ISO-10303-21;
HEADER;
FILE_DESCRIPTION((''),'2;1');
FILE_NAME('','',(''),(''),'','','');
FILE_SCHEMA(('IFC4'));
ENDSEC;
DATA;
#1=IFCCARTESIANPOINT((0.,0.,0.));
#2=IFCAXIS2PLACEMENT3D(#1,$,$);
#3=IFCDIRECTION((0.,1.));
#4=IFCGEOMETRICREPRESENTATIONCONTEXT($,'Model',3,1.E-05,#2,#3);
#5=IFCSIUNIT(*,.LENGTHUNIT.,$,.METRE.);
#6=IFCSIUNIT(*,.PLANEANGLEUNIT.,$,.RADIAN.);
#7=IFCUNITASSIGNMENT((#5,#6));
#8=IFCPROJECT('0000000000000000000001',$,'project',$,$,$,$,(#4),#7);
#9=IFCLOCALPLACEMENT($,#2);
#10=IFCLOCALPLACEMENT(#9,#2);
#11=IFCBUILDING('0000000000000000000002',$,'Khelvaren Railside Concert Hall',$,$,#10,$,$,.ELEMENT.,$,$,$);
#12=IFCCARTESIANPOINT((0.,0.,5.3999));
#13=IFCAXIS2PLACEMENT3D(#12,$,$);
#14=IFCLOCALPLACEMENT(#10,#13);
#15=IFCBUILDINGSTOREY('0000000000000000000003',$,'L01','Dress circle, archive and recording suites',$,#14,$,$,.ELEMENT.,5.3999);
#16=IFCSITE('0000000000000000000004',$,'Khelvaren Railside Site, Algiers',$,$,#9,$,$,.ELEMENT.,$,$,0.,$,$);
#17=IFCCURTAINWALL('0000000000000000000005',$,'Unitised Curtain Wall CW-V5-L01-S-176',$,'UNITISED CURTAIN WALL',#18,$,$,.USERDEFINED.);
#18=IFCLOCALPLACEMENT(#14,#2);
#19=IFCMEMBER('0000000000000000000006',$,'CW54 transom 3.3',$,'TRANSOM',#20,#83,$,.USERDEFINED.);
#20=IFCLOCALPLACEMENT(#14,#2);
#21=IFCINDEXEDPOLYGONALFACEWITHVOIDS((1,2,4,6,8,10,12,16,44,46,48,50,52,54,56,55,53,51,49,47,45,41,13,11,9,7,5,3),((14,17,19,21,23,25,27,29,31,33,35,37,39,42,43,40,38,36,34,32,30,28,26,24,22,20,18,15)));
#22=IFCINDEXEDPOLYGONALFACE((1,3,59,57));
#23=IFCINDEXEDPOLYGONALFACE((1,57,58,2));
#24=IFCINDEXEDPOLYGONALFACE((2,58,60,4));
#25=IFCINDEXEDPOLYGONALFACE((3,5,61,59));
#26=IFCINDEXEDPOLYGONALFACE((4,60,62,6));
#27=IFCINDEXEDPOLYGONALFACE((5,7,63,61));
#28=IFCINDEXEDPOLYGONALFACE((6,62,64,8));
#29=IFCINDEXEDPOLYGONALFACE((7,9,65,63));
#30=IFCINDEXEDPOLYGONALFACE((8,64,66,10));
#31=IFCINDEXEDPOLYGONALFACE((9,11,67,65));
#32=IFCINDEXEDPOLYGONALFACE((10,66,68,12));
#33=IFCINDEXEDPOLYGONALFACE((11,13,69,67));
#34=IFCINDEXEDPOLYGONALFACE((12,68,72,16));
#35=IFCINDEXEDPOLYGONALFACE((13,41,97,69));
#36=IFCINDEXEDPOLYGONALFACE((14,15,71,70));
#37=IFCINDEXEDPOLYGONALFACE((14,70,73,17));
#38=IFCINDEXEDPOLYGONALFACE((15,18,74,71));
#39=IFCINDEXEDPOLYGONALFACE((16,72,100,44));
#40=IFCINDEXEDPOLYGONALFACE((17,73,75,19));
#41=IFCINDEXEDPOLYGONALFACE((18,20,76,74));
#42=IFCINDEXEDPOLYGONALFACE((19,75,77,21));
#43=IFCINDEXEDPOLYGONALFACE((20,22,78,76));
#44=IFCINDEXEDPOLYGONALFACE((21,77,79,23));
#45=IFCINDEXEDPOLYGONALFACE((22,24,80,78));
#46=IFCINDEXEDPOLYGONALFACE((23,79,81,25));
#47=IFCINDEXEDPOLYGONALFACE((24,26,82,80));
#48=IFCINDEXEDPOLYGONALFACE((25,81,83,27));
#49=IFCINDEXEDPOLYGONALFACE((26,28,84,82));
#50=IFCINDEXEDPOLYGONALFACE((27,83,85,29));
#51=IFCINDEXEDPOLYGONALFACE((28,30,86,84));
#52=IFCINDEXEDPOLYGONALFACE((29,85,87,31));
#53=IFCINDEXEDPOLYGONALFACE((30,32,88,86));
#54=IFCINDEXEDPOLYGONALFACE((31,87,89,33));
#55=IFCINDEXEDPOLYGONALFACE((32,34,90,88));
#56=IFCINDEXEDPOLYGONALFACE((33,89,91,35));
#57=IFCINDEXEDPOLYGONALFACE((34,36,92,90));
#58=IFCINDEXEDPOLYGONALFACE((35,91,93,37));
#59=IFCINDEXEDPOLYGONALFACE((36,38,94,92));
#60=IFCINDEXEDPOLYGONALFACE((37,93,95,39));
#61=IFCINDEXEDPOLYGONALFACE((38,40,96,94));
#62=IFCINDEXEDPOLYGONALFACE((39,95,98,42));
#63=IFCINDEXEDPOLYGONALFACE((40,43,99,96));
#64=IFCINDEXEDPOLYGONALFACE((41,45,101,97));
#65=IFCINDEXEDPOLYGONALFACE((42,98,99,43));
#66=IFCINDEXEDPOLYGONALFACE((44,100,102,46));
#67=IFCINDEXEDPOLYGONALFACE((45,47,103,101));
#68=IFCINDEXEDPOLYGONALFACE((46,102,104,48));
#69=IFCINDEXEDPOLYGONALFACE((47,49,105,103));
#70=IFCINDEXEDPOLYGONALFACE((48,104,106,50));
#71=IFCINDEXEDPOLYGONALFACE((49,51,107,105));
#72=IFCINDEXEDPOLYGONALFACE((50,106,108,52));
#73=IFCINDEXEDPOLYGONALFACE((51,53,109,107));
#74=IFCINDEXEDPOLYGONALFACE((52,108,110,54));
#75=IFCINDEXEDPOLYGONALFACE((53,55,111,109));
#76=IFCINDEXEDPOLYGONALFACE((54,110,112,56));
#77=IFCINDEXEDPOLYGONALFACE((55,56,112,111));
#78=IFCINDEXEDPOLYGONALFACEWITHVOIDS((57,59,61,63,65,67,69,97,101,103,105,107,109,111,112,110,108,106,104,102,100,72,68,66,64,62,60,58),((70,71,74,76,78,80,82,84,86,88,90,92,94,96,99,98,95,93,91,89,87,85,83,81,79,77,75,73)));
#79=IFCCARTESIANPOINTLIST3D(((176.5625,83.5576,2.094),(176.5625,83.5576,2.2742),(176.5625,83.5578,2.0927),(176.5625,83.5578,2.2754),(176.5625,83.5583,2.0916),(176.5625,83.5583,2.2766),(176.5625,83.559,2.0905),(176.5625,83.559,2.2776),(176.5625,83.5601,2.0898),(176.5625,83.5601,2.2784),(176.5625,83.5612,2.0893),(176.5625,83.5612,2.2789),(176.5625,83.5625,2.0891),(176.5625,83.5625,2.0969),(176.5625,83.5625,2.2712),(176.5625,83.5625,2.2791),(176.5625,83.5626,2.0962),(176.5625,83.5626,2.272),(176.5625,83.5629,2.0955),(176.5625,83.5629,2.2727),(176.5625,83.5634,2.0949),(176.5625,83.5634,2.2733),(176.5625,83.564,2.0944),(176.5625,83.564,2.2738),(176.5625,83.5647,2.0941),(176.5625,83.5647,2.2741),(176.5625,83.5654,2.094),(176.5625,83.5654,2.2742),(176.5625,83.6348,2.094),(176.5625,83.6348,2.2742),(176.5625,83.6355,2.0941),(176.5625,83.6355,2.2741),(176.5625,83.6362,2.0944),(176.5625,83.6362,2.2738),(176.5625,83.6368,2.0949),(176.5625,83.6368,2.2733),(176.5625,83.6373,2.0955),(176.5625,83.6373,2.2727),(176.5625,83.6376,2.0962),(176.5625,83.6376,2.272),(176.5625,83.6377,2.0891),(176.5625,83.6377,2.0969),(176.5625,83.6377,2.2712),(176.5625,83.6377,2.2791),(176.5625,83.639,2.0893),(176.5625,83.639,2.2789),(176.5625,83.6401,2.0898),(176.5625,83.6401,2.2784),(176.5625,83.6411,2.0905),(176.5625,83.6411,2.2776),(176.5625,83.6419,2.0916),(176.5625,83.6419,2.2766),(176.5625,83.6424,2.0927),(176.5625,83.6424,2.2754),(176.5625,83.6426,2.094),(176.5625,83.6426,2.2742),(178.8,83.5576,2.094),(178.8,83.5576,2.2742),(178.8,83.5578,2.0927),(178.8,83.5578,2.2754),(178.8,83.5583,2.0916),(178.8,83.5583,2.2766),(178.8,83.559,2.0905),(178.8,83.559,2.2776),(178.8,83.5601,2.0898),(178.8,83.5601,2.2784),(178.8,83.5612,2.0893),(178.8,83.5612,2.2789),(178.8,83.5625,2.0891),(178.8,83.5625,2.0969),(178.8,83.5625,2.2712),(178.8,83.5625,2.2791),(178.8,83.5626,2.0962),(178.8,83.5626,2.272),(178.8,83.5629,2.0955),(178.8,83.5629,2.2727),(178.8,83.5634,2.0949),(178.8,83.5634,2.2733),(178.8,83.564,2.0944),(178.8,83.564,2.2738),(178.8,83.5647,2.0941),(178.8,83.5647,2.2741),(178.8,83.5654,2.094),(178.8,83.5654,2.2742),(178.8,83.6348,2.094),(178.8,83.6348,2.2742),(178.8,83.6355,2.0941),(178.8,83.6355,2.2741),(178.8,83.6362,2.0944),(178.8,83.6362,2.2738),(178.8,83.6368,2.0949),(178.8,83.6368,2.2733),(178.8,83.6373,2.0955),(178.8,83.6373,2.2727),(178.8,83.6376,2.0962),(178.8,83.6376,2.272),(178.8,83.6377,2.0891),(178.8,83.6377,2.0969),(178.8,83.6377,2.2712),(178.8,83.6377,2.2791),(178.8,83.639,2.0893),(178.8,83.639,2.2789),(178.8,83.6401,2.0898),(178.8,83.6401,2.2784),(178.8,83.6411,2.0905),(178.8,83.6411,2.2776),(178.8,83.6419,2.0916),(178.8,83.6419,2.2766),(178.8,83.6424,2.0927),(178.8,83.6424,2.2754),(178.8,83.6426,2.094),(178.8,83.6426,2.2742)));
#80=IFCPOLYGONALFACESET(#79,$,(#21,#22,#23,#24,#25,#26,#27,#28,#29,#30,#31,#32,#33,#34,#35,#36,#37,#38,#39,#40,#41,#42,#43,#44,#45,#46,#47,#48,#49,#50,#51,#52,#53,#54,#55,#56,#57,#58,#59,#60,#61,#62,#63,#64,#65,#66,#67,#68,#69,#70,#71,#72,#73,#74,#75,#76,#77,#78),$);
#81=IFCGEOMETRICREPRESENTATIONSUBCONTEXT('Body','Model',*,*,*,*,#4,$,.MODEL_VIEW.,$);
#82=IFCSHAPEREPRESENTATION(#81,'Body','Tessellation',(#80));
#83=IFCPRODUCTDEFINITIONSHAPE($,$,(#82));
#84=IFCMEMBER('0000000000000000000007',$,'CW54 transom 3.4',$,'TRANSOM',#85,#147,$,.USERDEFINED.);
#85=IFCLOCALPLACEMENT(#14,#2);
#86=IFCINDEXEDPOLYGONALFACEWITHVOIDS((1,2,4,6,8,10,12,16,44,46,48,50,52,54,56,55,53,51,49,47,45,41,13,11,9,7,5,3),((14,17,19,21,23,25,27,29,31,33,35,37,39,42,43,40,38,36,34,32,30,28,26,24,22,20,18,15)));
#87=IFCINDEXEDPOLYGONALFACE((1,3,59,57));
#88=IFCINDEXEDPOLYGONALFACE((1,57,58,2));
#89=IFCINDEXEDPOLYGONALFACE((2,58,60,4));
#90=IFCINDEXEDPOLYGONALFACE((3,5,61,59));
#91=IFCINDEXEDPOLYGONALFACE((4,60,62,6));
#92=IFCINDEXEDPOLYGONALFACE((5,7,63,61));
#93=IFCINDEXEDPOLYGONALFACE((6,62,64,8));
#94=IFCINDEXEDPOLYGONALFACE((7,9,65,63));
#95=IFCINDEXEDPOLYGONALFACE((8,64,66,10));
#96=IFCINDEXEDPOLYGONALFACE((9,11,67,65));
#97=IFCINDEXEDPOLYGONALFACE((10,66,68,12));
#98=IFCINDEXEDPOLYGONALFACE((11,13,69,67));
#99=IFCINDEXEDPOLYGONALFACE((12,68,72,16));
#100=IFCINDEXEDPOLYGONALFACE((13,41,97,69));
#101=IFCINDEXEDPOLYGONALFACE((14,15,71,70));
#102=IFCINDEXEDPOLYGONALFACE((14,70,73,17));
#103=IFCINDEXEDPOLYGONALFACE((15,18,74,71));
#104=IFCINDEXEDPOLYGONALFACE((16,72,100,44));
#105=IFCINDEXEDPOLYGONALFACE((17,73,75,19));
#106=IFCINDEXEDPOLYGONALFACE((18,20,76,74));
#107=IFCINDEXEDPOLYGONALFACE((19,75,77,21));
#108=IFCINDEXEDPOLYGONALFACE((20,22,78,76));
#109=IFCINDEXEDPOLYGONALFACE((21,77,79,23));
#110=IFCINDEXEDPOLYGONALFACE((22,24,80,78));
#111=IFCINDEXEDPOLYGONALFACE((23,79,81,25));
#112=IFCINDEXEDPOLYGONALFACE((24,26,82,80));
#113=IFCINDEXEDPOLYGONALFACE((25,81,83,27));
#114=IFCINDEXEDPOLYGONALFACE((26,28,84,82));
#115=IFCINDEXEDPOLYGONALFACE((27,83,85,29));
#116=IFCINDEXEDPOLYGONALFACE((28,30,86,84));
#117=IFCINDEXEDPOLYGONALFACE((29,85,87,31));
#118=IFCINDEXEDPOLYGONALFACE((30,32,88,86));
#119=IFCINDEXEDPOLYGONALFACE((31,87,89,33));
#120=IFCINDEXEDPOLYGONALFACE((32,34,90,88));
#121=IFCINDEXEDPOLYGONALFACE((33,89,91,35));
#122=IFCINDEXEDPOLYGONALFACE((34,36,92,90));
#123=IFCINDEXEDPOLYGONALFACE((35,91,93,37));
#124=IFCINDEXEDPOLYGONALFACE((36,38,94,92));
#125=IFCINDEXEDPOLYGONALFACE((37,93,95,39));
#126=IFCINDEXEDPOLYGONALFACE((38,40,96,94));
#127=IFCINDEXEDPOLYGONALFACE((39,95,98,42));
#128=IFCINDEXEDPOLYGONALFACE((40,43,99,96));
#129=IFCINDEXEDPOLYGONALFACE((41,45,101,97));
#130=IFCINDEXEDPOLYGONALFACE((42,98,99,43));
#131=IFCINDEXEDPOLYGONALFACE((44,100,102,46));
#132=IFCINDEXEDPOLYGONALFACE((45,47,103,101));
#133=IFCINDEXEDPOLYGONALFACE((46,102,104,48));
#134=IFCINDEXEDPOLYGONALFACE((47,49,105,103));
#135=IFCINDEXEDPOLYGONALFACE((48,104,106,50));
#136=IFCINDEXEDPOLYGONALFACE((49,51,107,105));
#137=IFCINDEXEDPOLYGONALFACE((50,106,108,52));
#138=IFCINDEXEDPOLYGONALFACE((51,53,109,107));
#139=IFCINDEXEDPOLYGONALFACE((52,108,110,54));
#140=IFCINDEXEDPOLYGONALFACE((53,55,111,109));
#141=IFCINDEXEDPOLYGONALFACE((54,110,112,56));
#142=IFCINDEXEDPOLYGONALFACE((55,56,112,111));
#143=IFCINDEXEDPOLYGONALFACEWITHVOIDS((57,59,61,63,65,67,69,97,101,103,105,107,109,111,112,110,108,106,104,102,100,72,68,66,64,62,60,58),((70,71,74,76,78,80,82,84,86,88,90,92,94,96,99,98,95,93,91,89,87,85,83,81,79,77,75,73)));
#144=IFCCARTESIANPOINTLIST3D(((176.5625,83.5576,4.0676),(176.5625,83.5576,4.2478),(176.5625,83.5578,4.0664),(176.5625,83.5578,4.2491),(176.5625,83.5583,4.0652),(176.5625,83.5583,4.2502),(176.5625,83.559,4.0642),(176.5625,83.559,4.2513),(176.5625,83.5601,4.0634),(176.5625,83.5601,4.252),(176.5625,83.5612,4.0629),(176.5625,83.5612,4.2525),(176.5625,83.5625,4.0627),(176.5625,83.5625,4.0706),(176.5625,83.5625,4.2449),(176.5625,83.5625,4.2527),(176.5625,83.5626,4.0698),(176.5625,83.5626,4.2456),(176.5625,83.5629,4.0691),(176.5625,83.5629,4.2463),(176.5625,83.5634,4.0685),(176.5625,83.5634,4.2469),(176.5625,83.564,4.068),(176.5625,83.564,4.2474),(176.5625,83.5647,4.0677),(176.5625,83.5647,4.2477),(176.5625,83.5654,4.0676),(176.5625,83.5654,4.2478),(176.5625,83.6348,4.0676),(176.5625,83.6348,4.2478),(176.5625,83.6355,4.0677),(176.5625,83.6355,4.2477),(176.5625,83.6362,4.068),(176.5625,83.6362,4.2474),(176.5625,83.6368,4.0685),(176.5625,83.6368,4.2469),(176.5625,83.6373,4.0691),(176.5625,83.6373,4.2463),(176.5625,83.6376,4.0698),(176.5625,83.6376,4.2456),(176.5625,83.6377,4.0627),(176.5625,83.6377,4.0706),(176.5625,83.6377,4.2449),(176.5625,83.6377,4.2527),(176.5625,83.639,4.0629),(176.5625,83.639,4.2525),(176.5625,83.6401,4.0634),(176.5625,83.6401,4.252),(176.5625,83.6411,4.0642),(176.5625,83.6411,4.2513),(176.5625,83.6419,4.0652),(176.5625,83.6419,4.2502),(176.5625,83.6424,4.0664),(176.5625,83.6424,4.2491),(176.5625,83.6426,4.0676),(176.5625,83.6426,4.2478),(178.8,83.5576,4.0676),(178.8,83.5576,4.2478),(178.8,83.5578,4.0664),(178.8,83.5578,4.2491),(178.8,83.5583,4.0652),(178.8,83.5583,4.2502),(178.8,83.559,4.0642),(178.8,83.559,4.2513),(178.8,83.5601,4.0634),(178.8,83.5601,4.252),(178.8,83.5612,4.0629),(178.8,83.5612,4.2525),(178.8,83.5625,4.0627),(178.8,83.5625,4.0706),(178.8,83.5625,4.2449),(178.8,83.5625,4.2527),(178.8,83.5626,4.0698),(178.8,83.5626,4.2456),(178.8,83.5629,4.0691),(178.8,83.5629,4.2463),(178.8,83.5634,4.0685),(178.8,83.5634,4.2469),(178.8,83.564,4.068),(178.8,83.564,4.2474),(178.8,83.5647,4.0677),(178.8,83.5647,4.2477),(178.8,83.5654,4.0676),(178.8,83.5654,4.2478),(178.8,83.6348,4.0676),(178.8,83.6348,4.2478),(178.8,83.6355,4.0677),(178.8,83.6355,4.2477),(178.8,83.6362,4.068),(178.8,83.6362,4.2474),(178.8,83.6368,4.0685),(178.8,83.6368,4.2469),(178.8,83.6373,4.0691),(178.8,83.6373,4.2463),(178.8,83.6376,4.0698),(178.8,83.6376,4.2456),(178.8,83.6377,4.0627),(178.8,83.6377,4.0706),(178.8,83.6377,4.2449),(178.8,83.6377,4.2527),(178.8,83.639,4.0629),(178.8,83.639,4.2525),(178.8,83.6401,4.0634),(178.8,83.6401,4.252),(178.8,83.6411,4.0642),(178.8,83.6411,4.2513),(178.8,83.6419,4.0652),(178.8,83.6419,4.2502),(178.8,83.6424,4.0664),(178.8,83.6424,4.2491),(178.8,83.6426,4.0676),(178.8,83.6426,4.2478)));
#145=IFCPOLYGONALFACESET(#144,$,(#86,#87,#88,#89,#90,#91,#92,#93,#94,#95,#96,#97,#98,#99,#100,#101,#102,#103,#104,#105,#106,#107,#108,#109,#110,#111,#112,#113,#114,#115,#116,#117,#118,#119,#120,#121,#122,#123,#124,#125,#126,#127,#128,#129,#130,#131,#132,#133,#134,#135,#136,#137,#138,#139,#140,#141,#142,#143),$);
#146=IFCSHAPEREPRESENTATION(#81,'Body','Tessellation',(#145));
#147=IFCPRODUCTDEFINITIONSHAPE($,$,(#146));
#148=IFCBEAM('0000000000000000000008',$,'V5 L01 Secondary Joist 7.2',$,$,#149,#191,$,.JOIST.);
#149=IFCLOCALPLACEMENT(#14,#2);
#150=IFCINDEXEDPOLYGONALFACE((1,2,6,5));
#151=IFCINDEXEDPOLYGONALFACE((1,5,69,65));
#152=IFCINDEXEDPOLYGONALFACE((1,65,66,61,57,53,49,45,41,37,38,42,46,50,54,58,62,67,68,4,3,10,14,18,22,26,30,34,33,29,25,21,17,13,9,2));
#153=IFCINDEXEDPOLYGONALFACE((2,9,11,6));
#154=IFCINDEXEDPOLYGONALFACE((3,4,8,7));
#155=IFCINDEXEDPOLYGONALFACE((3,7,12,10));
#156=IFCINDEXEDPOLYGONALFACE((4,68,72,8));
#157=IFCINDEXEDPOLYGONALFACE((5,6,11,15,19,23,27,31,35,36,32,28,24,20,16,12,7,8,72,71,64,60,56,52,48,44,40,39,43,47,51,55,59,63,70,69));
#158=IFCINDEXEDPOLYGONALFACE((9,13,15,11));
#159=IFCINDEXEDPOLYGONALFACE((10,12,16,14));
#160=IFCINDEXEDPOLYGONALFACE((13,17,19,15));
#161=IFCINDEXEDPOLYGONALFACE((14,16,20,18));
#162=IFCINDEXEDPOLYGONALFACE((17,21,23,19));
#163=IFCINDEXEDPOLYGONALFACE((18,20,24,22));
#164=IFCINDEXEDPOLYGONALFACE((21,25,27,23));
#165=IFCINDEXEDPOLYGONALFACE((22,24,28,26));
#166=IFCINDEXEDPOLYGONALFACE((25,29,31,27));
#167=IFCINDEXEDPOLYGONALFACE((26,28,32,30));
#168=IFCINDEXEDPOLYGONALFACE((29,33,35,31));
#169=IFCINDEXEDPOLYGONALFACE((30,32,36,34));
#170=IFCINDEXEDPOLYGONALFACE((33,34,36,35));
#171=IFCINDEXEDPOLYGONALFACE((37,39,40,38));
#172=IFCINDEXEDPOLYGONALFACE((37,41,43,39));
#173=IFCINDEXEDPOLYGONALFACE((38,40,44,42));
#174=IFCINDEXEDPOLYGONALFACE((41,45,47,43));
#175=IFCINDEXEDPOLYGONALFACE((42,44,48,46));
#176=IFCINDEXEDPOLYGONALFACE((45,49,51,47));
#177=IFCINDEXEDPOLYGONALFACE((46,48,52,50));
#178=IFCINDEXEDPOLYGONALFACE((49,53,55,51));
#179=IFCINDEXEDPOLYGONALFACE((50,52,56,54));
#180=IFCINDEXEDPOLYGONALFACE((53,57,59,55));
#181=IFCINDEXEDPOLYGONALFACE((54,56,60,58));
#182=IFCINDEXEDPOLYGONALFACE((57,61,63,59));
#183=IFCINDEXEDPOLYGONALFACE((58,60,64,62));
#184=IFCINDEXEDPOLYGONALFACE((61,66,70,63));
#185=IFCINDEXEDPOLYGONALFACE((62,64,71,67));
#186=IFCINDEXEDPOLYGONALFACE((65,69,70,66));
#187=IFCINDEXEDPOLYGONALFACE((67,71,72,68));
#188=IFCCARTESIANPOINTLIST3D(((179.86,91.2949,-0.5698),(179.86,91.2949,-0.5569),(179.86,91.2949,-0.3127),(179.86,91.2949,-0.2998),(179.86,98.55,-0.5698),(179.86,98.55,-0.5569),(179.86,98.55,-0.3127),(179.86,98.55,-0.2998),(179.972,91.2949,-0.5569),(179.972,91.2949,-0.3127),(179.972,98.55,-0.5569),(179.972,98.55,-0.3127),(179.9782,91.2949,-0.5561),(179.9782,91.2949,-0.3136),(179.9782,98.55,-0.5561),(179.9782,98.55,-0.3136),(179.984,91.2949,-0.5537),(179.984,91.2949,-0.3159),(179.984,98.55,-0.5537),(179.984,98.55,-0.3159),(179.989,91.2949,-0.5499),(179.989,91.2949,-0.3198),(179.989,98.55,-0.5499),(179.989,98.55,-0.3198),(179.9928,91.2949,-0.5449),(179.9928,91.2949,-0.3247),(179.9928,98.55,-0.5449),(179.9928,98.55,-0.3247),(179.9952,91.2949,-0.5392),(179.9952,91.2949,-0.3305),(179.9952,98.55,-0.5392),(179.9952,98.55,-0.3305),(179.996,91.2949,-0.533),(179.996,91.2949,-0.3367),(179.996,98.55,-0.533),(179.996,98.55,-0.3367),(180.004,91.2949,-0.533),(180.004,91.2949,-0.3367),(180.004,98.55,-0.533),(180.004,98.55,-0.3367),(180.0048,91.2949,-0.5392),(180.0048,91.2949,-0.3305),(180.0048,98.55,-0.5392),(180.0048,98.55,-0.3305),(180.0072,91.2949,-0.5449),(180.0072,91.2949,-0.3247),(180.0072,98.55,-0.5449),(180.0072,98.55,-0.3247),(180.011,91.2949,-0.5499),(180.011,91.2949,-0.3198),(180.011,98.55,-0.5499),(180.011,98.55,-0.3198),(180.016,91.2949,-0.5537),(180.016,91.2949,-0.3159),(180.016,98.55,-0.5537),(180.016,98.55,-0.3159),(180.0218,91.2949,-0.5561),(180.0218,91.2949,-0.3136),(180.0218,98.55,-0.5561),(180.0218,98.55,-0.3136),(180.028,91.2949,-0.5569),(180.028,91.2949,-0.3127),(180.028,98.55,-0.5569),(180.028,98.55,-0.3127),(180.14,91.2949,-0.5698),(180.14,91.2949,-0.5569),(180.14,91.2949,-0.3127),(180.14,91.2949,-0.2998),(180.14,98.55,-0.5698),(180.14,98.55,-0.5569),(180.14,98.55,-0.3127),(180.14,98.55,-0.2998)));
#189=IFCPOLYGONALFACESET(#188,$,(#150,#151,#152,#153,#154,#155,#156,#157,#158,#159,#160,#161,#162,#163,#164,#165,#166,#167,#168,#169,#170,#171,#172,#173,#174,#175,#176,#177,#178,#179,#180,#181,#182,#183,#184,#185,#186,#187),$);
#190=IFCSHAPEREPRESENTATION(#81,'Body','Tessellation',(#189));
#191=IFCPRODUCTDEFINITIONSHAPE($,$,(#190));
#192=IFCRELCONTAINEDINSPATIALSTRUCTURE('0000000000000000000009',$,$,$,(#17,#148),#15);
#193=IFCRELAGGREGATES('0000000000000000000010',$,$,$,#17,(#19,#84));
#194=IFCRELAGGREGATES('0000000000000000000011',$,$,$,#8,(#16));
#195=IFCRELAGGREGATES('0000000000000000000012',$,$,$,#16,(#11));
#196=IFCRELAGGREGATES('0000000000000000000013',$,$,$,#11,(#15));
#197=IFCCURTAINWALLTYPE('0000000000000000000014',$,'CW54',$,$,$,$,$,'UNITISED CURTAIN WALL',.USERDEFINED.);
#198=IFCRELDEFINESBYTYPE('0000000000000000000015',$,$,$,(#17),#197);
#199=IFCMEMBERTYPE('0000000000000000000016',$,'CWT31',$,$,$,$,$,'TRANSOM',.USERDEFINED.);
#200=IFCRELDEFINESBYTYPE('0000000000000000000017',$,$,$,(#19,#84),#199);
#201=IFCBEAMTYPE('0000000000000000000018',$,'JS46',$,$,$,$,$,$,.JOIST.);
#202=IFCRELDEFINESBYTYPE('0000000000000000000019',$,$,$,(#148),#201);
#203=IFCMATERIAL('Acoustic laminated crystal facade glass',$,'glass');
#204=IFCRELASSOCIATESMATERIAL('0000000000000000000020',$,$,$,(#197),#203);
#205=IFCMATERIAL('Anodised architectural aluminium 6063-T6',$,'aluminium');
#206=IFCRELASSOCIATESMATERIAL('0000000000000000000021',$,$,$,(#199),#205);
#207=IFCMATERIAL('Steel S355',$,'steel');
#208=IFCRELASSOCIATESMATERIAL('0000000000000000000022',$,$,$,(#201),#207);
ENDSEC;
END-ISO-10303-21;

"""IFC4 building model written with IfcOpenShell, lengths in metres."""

from ifc_helpers import new_model, si_unit, direction, frame, origin, origin_2d, place, context, subcontext, project, spatial, hollow_rectangle, i_section, extrude, material, material_profile, profile_set, type_object, element, aggregate, save


model = new_model("IFC4")

# Units and contexts
model_context = context("Model", 3, precision=1e-05, world=origin(), true_north=direction((0.0, 1.0)))
body_context = subcontext(model_context, "Body", "Model", "MODEL_VIEW")
ifc_project = project(units=[si_unit("LENGTHUNIT", "METRE"), si_unit("PLANEANGLEUNIT", "RADIAN")], contexts=[model_context])

# Site, building, storey
site_placement = place(None, origin())
site = spatial("IfcSite", under=ifc_project, at=site_placement, Name="Khelvaren Railside Site, Algiers", CompositionType="ELEMENT", RefElevation=0.0)
building_placement = place(site_placement, origin())
building = spatial("IfcBuilding", under=site, at=building_placement, Name="Khelvaren Railside Concert Hall", CompositionType="ELEMENT")
storey_placement = place(building_placement, frame((0.0, 0.0, 5.3999)))
storey = spatial("IfcBuildingStorey", under=building, at=storey_placement, Name="L01", Description="Dress circle, archive and recording suites", CompositionType="ELEMENT", Elevation=5.3999)

# Shared definitions
ifc_material_1 = material(Name="Steel S355", Category="steel")

# Shared definitions
ifc_material_2 = material(Name="Acoustic laminated crystal facade glass", Category="glass")
ifc_material_3 = material(Name="Anodised architectural aluminium 6063-T6", Category="aluminium")

# Curtain wall
curtain_wall_type_1 = type_object("IfcCurtainWallType", Name="CW54", ElementType="UNITISED CURTAIN WALL", PredefinedType="USERDEFINED", material=ifc_material_2)
curtain_wall_1_placement = place(storey_placement, origin())
curtain_wall_1 = element("IfcCurtainWall", 1, at=curtain_wall_1_placement, inside=storey, type_object=curtain_wall_type_1, Name="Unitised Curtain Wall CW-V5-L01-S-176", ObjectType="UNITISED CURTAIN WALL", PredefinedType="USERDEFINED")

# Members
ifc_material_profile_1 = material_profile(ifc_material_3, hollow_rectangle(XDim=0.085, YDim=0.1899, WallThickness=0.0049, InnerFilletRadius=0.0029, OuterFilletRadius=0.0049, at=origin_2d()), Name="CWT 85x190x5")
ifc_profile_set_1 = profile_set([ifc_material_profile_1], Name="Anodised architectural aluminium 6063-T6")
member_type_1 = type_object("IfcMemberType", Name="CWT31", ElementType="TRANSOM", PredefinedType="USERDEFINED", material=ifc_profile_set_1)
member_1_placement = place(storey_placement, frame((178.8, 83.6001, 2.1841), z_axis=(-1.0, 0.0, 0.0), x_axis=(0.0, -1.0, 0.0)))
member_1 = element("IfcMember", 2, at=member_1_placement, type_object=member_type_1, Name="CW54 transom 3.3", ObjectType="TRANSOM", PredefinedType="USERDEFINED", context=body_context, shape_type="SweptSolid", body=[
    extrude(hollow_rectangle(XDim=0.085, YDim=0.1899, WallThickness=0.0049, InnerFilletRadius=0.0029, OuterFilletRadius=0.0049, at=origin_2d()), origin(), (0.0, 0.0, 1.0), 2.2375),
])
member_2_placement = place(storey_placement, frame((178.8, 83.6001, 4.1577), z_axis=(-1.0, 0.0, 0.0), x_axis=(0.0, -1.0, 0.0)))
member_2 = element("IfcMember", 3, at=member_2_placement, type_object=member_type_1, Name="CW54 transom 3.4", ObjectType="TRANSOM", PredefinedType="USERDEFINED", context=body_context, shape_type="SweptSolid", body=[
    extrude(hollow_rectangle(XDim=0.085, YDim=0.1899, WallThickness=0.0049, InnerFilletRadius=0.0029, OuterFilletRadius=0.0049, at=origin_2d()), origin(), (0.0, 0.0, 1.0), 2.2375),
])

# Beam
ifc_material_profile_2 = material_profile(ifc_material_1, i_section(OverallWidth=0.28, OverallDepth=0.27, WebThickness=0.0081, FlangeThickness=0.0129, FilletRadius=0.0239, at=origin_2d()), Name="HEA 280")
ifc_profile_set_2 = profile_set([ifc_material_profile_2], Name="Steel S355")
beam_type_1 = type_object("IfcBeamType", Name="JS46", PredefinedType="JOIST", material=ifc_profile_set_2)
beam_1_placement = place(storey_placement, frame((180.0, 91.2949, -0.4348), z_axis=(0.0, 1.0, 0.0), x_axis=(-1.0, 0.0, 0.0)))
element("IfcBeam", 4, at=beam_1_placement, inside=storey, type_object=beam_type_1, Name="V5 L01 Secondary Joist 7.2", PredefinedType="JOIST", context=body_context, shape_type="SweptSolid", body=[
    extrude(i_section(OverallWidth=0.28, OverallDepth=0.27, WebThickness=0.0081, FlangeThickness=0.0129, FilletRadius=0.0239, at=origin_2d()), origin(), (0.0, 0.0, 1.0), 7.2551),
])

aggregate(curtain_wall_1, [member_1, member_2])

save(model, "model.ifc")
